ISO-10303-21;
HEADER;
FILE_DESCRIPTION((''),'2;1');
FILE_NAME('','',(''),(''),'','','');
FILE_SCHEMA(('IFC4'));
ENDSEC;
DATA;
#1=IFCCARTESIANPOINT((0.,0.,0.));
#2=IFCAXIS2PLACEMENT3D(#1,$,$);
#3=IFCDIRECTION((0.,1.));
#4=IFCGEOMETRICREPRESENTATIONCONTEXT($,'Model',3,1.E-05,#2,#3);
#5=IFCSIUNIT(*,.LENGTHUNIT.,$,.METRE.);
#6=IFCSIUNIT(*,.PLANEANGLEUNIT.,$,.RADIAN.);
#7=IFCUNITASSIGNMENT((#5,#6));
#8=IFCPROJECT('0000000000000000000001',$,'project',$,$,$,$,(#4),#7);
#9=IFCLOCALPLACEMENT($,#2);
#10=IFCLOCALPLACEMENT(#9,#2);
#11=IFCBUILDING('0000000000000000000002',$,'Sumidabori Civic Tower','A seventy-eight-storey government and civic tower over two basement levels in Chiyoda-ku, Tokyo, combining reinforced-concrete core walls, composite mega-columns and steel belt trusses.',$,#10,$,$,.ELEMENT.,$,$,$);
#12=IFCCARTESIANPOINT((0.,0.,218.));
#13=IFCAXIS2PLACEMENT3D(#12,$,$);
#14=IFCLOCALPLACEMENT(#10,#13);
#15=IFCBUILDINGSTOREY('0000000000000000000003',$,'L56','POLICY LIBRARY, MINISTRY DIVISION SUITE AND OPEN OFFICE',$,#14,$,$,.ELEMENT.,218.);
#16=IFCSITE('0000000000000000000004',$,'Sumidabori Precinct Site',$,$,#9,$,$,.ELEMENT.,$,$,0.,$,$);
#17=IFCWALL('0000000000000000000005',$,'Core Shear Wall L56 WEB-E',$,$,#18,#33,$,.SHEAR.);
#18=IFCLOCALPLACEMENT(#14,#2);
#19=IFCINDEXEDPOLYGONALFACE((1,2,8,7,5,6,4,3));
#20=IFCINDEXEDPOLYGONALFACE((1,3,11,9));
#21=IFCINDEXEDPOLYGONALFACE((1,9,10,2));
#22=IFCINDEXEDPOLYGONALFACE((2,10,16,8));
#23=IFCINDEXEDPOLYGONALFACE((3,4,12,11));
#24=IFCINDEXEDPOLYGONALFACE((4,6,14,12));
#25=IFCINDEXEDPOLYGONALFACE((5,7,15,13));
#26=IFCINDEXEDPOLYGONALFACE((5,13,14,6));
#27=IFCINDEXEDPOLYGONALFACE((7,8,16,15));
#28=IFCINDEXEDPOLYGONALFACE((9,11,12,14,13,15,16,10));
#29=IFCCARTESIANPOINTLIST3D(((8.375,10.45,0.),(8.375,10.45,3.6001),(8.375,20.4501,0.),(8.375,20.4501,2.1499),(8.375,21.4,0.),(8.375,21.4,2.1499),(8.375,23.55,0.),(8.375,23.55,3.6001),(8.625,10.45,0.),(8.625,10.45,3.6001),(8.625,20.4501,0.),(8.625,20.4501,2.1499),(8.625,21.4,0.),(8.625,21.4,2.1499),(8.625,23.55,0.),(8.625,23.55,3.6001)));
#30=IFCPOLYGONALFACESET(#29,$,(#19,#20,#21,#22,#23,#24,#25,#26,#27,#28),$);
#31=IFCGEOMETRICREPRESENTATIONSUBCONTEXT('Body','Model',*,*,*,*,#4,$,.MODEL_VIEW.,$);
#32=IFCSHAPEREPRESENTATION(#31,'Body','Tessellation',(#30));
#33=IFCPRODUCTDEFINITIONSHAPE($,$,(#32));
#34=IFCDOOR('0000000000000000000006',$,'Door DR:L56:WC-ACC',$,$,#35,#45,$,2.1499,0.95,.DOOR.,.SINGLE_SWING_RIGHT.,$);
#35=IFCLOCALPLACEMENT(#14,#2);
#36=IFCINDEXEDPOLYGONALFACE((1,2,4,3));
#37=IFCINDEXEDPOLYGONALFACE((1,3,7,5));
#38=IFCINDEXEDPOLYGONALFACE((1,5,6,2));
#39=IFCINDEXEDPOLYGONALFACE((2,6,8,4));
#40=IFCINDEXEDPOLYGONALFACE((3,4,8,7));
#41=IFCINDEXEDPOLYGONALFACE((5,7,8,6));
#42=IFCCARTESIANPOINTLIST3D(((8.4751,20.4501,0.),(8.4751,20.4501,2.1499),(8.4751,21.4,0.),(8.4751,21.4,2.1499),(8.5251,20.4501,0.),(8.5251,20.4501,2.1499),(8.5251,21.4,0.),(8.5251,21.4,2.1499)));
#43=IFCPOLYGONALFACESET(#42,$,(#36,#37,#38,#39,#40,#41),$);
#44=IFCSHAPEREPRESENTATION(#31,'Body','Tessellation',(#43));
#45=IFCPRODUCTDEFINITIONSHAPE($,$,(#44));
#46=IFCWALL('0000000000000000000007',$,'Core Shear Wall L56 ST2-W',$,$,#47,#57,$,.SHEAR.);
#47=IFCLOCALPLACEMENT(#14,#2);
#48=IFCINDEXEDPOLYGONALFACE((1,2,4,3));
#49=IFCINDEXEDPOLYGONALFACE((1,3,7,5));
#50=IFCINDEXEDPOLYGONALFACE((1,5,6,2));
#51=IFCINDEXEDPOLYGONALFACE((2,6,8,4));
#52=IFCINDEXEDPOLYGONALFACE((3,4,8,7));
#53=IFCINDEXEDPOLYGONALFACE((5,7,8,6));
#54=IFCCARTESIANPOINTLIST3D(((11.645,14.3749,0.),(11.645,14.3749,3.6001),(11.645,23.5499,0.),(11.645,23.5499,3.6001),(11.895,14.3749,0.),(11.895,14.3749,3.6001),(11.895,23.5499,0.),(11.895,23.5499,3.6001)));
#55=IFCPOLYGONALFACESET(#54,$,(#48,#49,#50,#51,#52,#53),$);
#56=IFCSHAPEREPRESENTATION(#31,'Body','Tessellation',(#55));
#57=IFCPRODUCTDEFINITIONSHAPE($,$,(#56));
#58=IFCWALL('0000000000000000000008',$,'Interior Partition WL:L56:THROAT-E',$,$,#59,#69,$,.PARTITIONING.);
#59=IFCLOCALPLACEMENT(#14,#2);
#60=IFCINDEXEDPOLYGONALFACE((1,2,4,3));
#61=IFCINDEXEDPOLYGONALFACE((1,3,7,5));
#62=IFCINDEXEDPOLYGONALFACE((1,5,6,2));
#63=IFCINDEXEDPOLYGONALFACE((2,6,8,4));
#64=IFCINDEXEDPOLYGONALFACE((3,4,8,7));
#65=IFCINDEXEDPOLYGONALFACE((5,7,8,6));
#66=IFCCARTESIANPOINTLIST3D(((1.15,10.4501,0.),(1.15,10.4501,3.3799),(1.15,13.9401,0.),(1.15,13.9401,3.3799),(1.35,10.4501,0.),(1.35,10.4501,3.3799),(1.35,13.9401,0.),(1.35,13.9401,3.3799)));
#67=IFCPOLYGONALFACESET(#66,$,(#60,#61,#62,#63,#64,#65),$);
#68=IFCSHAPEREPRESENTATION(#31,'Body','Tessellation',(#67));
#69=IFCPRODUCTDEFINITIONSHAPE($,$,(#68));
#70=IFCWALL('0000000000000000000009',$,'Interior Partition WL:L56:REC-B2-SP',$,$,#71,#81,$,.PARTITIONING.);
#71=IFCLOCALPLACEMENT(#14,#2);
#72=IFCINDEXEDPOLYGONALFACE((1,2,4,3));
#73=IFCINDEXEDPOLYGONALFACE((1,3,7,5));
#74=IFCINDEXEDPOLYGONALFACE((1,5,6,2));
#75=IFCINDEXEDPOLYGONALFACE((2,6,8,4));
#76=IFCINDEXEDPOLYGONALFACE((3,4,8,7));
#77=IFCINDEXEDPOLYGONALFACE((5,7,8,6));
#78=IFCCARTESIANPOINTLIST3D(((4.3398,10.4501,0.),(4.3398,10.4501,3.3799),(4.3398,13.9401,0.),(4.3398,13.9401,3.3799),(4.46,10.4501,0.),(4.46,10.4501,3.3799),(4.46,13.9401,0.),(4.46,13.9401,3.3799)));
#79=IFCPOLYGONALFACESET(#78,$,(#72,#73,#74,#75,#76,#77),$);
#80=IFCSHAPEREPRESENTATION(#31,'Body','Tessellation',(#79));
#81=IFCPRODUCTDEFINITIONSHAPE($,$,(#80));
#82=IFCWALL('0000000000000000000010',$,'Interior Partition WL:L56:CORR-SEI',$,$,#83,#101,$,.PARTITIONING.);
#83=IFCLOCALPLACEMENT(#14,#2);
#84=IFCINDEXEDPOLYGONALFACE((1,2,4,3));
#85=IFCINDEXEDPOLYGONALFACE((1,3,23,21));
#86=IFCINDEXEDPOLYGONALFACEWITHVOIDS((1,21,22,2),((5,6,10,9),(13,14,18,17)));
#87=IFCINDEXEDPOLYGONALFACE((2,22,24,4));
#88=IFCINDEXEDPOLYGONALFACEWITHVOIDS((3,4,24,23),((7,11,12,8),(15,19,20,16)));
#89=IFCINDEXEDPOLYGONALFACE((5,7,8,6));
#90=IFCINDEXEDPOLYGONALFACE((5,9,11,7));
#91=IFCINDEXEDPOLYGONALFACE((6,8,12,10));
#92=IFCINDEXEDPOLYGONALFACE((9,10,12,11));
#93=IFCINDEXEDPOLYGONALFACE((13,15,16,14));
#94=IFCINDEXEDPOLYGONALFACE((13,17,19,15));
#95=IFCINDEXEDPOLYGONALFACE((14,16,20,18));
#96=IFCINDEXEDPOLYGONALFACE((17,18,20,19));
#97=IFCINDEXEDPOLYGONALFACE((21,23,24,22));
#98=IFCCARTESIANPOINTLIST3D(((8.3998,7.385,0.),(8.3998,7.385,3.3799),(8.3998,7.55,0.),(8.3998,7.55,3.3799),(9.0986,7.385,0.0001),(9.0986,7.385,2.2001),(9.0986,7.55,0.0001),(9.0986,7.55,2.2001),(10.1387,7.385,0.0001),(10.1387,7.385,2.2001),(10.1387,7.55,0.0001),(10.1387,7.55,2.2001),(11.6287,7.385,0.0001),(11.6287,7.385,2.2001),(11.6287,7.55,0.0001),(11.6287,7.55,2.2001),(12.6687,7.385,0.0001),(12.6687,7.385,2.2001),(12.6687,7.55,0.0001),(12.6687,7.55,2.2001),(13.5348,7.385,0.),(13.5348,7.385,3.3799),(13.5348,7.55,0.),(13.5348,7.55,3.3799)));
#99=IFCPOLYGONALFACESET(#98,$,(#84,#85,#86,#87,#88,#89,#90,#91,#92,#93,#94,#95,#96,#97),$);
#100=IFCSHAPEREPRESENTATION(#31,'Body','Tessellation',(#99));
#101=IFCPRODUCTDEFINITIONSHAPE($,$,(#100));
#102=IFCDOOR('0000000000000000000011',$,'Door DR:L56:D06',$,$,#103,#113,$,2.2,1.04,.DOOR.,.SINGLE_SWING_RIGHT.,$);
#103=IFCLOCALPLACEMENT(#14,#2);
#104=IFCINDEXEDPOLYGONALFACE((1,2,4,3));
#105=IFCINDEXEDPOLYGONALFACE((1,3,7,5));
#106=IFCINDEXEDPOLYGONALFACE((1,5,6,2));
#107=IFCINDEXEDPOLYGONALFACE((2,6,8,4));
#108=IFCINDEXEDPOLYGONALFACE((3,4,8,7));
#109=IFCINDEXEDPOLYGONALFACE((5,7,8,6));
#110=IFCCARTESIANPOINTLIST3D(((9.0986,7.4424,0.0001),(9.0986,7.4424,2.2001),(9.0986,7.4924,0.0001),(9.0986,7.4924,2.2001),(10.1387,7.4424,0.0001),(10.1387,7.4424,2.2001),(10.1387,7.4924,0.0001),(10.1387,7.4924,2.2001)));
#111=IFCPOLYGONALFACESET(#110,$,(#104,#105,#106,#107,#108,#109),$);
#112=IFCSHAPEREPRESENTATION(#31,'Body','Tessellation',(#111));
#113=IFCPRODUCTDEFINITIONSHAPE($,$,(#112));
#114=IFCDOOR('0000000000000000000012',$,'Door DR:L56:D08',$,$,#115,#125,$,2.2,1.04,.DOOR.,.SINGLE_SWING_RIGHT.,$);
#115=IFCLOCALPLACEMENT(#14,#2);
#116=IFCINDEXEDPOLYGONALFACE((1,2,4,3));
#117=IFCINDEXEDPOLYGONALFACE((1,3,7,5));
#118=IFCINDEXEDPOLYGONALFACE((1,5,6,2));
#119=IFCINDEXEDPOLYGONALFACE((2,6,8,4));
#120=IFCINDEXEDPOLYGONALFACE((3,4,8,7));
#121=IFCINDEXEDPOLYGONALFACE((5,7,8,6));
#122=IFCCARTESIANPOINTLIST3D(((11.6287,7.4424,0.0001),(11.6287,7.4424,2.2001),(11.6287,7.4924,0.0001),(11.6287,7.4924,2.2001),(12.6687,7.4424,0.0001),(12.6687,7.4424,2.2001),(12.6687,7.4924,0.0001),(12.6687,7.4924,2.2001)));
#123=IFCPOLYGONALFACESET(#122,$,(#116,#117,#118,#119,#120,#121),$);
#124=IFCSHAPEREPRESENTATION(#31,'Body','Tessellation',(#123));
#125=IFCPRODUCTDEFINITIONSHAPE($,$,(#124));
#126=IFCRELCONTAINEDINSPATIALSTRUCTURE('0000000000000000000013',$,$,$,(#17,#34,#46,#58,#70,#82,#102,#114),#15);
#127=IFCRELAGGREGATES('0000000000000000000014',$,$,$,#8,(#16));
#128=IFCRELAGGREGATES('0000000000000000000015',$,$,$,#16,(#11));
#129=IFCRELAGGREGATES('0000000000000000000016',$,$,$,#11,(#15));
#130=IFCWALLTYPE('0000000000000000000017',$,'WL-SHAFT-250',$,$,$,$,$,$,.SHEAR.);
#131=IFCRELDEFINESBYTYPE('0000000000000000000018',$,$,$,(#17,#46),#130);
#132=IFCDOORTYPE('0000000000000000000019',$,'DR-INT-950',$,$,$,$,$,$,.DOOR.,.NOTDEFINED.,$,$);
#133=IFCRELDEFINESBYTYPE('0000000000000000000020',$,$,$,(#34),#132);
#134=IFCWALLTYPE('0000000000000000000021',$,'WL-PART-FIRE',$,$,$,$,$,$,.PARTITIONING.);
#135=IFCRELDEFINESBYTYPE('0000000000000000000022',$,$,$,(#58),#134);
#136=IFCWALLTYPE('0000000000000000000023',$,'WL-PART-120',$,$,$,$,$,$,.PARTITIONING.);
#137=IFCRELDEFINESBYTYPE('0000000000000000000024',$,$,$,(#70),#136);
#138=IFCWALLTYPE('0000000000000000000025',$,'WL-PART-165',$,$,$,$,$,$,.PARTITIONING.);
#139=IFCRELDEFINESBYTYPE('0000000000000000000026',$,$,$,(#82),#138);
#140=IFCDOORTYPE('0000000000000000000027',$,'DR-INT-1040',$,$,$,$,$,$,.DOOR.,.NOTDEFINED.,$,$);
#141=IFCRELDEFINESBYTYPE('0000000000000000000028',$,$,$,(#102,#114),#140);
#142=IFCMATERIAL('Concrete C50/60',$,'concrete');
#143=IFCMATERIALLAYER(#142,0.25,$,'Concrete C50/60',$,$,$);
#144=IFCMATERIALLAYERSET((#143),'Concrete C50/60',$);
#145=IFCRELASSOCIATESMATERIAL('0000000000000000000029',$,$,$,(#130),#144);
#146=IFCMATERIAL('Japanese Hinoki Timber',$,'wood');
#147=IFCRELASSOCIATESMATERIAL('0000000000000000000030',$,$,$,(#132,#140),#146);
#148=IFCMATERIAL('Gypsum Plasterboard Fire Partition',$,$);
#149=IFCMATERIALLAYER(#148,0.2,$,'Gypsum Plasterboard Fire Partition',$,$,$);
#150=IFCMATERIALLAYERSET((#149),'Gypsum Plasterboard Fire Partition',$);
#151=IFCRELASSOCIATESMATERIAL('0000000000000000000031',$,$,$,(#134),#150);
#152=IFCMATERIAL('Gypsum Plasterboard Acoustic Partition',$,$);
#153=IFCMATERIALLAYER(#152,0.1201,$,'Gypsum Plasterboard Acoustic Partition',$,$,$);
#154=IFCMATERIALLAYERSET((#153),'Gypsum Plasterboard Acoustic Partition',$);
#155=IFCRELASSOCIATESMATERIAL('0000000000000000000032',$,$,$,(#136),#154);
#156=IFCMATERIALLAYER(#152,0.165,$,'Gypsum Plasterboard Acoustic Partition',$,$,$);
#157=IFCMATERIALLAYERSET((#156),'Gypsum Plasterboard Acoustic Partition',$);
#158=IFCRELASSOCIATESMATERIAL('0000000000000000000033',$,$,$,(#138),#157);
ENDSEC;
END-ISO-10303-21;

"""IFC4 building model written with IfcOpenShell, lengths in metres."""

from ifc_helpers import new_model, si_unit, direction, frame, frame_2d, origin, place, context, subcontext, project, spatial, rectangle, extrude, source, transform, mapped, material, layer, layer_set, type_object, element, fill, save


model = new_model("IFC4")

# Units and contexts
model_context = context("Model", 3, precision=1e-05, world=origin(), true_north=direction((0.0, 1.0)))
body_context = subcontext(model_context, "Body", "Model", "MODEL_VIEW")
ifc_project = project(units=[si_unit("LENGTHUNIT", "METRE"), si_unit("PLANEANGLEUNIT", "RADIAN")], contexts=[model_context])

# Site, building, storey
site_placement = place(None, origin())
site = spatial("IfcSite", under=ifc_project, at=site_placement, Name="Sumidabori Precinct Site", CompositionType="ELEMENT", RefElevation=0.0)
building_placement = place(site_placement, origin())
building = spatial("IfcBuilding", under=site, at=building_placement, Name="Sumidabori Civic Tower", Description="A seventy-eight-storey government and civic tower over two basement levels in Chiyoda-ku, Tokyo, combining reinforced-concrete core walls, composite mega-columns and steel belt trusses.", CompositionType="ELEMENT")
storey_placement = place(building_placement, frame((0.0, 0.0, 218.0)))
storey = spatial("IfcBuildingStorey", under=building, at=storey_placement, Name="L56", Description="POLICY LIBRARY, MINISTRY DIVISION SUITE AND OPEN OFFICE", CompositionType="ELEMENT", Elevation=218.0)

# Shared definitions
ifc_material_1 = material(Name="Concrete C50/60", Category="concrete")

# Wall, opening, door
ifc_layer_1 = layer(ifc_material_1, 0.25, Name="Concrete C50/60")
ifc_layer_set_1 = layer_set([ifc_layer_1], Name="Concrete C50/60")
wall_type_1 = type_object("IfcWallType", Name="WL-SHAFT-250", PredefinedType="SHEAR", material=ifc_layer_set_1)
shared_shape_1 = source(origin(), body_context, "Body", "SweptSolid", [
    extrude(rectangle(XDim=13.1001, YDim=0.25, at=frame_2d((6.55, 0.0))), origin(), (0.0, 0.0, 1.0), 3.6001),
])
wall_1_placement = place(storey_placement, frame((8.5, 10.45, 0.0), z_axis=(0.0, 0.0, 1.0), x_axis=(0.0, 1.0, 0.0)))
wall_1 = element("IfcWall", 1, at=wall_1_placement, inside=storey, type_object=wall_type_1, Name="Core Shear Wall L56 WEB-E", PredefinedType="SHEAR", context=body_context, shape_type="MappedRepresentation", body=[
    mapped(shared_shape_1, transform((0.0, 0.0, 0.0), x_axis=(1.0, 0.0, 0.0), y_axis=(0.0, 1.0, 0.0), z_axis=(0.0, 0.0, 1.0), scale=1.0)),
])
opening_1_placement = place(wall_1_placement, frame((10.0, 0.0, 0.0)))
opening_1 = element("IfcOpeningElement", 2, at=opening_1_placement, cuts=wall_1, PredefinedType="OPENING", context=body_context, shape_type="SweptSolid", body=[
    extrude(rectangle(XDim=0.95, YDim=2.1499, at=frame_2d((0.4751, 1.075))), frame((0.0, 0.137, 0.0), z_axis=(0.0, -1.0, 0.0), x_axis=(1.0, 0.0, 0.0)), (0.0, 0.0, 1.0), 0.2739),
])
ifc_material_2 = material(Name="Japanese Hinoki Timber", Category="wood")
door_type_1 = type_object("IfcDoorType", Name="DR-INT-950", OperationType="NOTDEFINED", PredefinedType="DOOR", material=ifc_material_2)
shared_shape_2 = source(origin(), body_context, "Body", "SweptSolid", [
    extrude(rectangle(XDim=0.95, YDim=2.1499, at=frame_2d((0.4751, 1.075))), frame((0.0, 0.0249, 0.0), z_axis=(0.0, -1.0, 0.0), x_axis=(1.0, 0.0, 0.0)), (0.0, 0.0, 1.0), 0.05),
])
door_1_placement = place(opening_1_placement, origin())
door_1 = element("IfcDoor", 3, at=door_1_placement, inside=storey, type_object=door_type_1, Name="Door DR:L56:WC-ACC", OperationType="SINGLE_SWING_RIGHT", OverallHeight=2.1499, OverallWidth=0.95, PredefinedType="DOOR", context=body_context, shape_type="MappedRepresentation", body=[
    mapped(shared_shape_2, transform((0.0, 0.0, 0.0), x_axis=(1.0, 0.0, 0.0), y_axis=(0.0, 1.0, 0.0), z_axis=(0.0, 0.0, 1.0), scale=1.0)),
])
fill(opening_1, door_1)

# Wall
shared_shape_3 = source(origin(), body_context, "Body", "SweptSolid", [
    extrude(rectangle(XDim=9.175, YDim=0.25, at=frame_2d((4.5874, 0.0))), origin(), (0.0, 0.0, 1.0), 3.6001),
])
wall_2_placement = place(storey_placement, frame((11.77, 14.375, 0.0), z_axis=(0.0, 0.0, 1.0), x_axis=(0.0, 1.0, 0.0)))
element("IfcWall", 4, at=wall_2_placement, inside=storey, type_object=wall_type_1, Name="Core Shear Wall L56 ST2-W", PredefinedType="SHEAR", context=body_context, shape_type="MappedRepresentation", body=[
    mapped(shared_shape_3, transform((0.0, 0.0, 0.0), x_axis=(1.0, 0.0, 0.0), y_axis=(0.0, 1.0, 0.0), z_axis=(0.0, 0.0, 1.0), scale=1.0)),
])

# Shared definitions
ifc_material_3 = material(Name="Gypsum Plasterboard Fire Partition")
ifc_layer_2 = layer(ifc_material_3, 0.2, Name="Gypsum Plasterboard Fire Partition")
ifc_layer_set_2 = layer_set([ifc_layer_2], Name="Gypsum Plasterboard Fire Partition")
wall_type_2 = type_object("IfcWallType", Name="WL-PART-FIRE", PredefinedType="PARTITIONING", material=ifc_layer_set_2)

# Walls
shared_shape_4 = source(origin(), body_context, "Body", "SweptSolid", [
    extrude(rectangle(XDim=3.49, YDim=0.2, at=frame_2d((1.7451, 0.0))), origin(), (0.0, 0.0, 1.0), 3.3799),
])
wall_3_placement = place(storey_placement, frame((1.25, 10.45, 0.0), z_axis=(0.0, 0.0, 1.0), x_axis=(0.0, 1.0, 0.0)))
element("IfcWall", 5, at=wall_3_placement, inside=storey, type_object=wall_type_2, Name="Interior Partition WL:L56:THROAT-E", PredefinedType="PARTITIONING", context=body_context, shape_type="MappedRepresentation", body=[
    mapped(shared_shape_4, transform((0.0, 0.0, 0.0), x_axis=(1.0, 0.0, 0.0), y_axis=(0.0, 1.0, 0.0), z_axis=(0.0, 0.0, 1.0), scale=1.0)),
])
ifc_material_4 = material(Name="Gypsum Plasterboard Acoustic Partition")
ifc_layer_3 = layer(ifc_material_4, 0.1201, Name="Gypsum Plasterboard Acoustic Partition")
ifc_layer_set_3 = layer_set([ifc_layer_3], Name="Gypsum Plasterboard Acoustic Partition")
wall_type_3 = type_object("IfcWallType", Name="WL-PART-120", PredefinedType="PARTITIONING", material=ifc_layer_set_3)
shared_shape_5 = source(origin(), body_context, "Body", "SweptSolid", [
    extrude(rectangle(XDim=3.49, YDim=0.1201, at=frame_2d((1.7451, 0.0))), origin(), (0.0, 0.0, 1.0), 3.3799),
])
wall_4_placement = place(storey_placement, frame((4.3999, 10.45, 0.0), z_axis=(0.0, 0.0, 1.0), x_axis=(0.0, 1.0, 0.0)))
element("IfcWall", 6, at=wall_4_placement, inside=storey, type_object=wall_type_3, Name="Interior Partition WL:L56:REC-B2-SP", PredefinedType="PARTITIONING", context=body_context, shape_type="MappedRepresentation", body=[
    mapped(shared_shape_5, transform((0.0, 0.0, 0.0), x_axis=(1.0, 0.0, 0.0), y_axis=(0.0, 1.0, 0.0), z_axis=(0.0, 0.0, 1.0), scale=1.0)),
])

# Wall, openings, doors
ifc_layer_4 = layer(ifc_material_4, 0.165, Name="Gypsum Plasterboard Acoustic Partition")
ifc_layer_set_4 = layer_set([ifc_layer_4], Name="Gypsum Plasterboard Acoustic Partition")
wall_type_4 = type_object("IfcWallType", Name="WL-PART-165", PredefinedType="PARTITIONING", material=ifc_layer_set_4)
shared_shape_6 = source(origin(), body_context, "Body", "SweptSolid", [
    extrude(rectangle(XDim=5.135, YDim=0.165, at=frame_2d((2.5674, 0.0))), origin(), (0.0, 0.0, 1.0), 3.3799),
])
wall_5_placement = place(storey_placement, frame((8.3999, 7.4675, 0.0), z_axis=(0.0, 0.0, 1.0), x_axis=(1.0, 0.0, 0.0)))
wall_5 = element("IfcWall", 7, at=wall_5_placement, inside=storey, type_object=wall_type_4, Name="Interior Partition WL:L56:CORR-SEI", PredefinedType="PARTITIONING", context=body_context, shape_type="MappedRepresentation", body=[
    mapped(shared_shape_6, transform((0.0, 0.0, 0.0), x_axis=(1.0, 0.0, 0.0), y_axis=(0.0, 1.0, 0.0), z_axis=(0.0, 0.0, 1.0), scale=1.0)),
])
opening_2_placement = place(wall_5_placement, frame((0.6987, 0.0, 0.0)))
opening_2 = element("IfcOpeningElement", 8, at=opening_2_placement, cuts=wall_5, PredefinedType="OPENING", context=body_context, shape_type="SweptSolid", body=[
    extrude(rectangle(XDim=1.04, YDim=2.2, at=frame_2d((0.52, 1.1001))), frame((0.0, 0.0945, 0.0), z_axis=(0.0, -1.0, 0.0), x_axis=(1.0, 0.0, 0.0)), (0.0, 0.0, 1.0), 0.189),
])
opening_3_placement = place(wall_5_placement, frame((3.2288, 0.0, 0.0)))
opening_3 = element("IfcOpeningElement", 9, at=opening_3_placement, cuts=wall_5, PredefinedType="OPENING", context=body_context, shape_type="SweptSolid", body=[
    extrude(rectangle(XDim=1.04, YDim=2.2, at=frame_2d((0.52, 1.1001))), frame((0.0, 0.0945, 0.0), z_axis=(0.0, -1.0, 0.0), x_axis=(1.0, 0.0, 0.0)), (0.0, 0.0, 1.0), 0.189),
])
door_type_2 = type_object("IfcDoorType", Name="DR-INT-1040", OperationType="NOTDEFINED", PredefinedType="DOOR", material=ifc_material_2)
shared_shape_7 = source(origin(), body_context, "Body", "SweptSolid", [
    extrude(rectangle(XDim=1.04, YDim=2.2, at=frame_2d((0.52, 1.1001))), frame((0.0, 0.0249, 0.0), z_axis=(0.0, -1.0, 0.0), x_axis=(1.0, 0.0, 0.0)), (0.0, 0.0, 1.0), 0.05),
])
door_2_placement = place(opening_2_placement, origin())
door_2 = element("IfcDoor", 10, at=door_2_placement, inside=storey, type_object=door_type_2, Name="Door DR:L56:D06", OperationType="SINGLE_SWING_RIGHT", OverallHeight=2.2, OverallWidth=1.04, PredefinedType="DOOR", context=body_context, shape_type="MappedRepresentation", body=[
    mapped(shared_shape_7, transform((0.0, 0.0, 0.0), x_axis=(1.0, 0.0, 0.0), y_axis=(0.0, 1.0, 0.0), z_axis=(0.0, 0.0, 1.0), scale=1.0)),
])
fill(opening_2, door_2)
door_3_placement = place(opening_3_placement, origin())
door_3 = element("IfcDoor", 11, at=door_3_placement, inside=storey, type_object=door_type_2, Name="Door DR:L56:D08", OperationType="SINGLE_SWING_RIGHT", OverallHeight=2.2, OverallWidth=1.04, PredefinedType="DOOR", context=body_context, shape_type="MappedRepresentation", body=[
    mapped(shared_shape_7, transform((0.0, 0.0, 0.0), x_axis=(1.0, 0.0, 0.0), y_axis=(0.0, 1.0, 0.0), z_axis=(0.0, 0.0, 1.0), scale=1.0)),
])
fill(opening_3, door_3)

save(model, "model.ifc")
